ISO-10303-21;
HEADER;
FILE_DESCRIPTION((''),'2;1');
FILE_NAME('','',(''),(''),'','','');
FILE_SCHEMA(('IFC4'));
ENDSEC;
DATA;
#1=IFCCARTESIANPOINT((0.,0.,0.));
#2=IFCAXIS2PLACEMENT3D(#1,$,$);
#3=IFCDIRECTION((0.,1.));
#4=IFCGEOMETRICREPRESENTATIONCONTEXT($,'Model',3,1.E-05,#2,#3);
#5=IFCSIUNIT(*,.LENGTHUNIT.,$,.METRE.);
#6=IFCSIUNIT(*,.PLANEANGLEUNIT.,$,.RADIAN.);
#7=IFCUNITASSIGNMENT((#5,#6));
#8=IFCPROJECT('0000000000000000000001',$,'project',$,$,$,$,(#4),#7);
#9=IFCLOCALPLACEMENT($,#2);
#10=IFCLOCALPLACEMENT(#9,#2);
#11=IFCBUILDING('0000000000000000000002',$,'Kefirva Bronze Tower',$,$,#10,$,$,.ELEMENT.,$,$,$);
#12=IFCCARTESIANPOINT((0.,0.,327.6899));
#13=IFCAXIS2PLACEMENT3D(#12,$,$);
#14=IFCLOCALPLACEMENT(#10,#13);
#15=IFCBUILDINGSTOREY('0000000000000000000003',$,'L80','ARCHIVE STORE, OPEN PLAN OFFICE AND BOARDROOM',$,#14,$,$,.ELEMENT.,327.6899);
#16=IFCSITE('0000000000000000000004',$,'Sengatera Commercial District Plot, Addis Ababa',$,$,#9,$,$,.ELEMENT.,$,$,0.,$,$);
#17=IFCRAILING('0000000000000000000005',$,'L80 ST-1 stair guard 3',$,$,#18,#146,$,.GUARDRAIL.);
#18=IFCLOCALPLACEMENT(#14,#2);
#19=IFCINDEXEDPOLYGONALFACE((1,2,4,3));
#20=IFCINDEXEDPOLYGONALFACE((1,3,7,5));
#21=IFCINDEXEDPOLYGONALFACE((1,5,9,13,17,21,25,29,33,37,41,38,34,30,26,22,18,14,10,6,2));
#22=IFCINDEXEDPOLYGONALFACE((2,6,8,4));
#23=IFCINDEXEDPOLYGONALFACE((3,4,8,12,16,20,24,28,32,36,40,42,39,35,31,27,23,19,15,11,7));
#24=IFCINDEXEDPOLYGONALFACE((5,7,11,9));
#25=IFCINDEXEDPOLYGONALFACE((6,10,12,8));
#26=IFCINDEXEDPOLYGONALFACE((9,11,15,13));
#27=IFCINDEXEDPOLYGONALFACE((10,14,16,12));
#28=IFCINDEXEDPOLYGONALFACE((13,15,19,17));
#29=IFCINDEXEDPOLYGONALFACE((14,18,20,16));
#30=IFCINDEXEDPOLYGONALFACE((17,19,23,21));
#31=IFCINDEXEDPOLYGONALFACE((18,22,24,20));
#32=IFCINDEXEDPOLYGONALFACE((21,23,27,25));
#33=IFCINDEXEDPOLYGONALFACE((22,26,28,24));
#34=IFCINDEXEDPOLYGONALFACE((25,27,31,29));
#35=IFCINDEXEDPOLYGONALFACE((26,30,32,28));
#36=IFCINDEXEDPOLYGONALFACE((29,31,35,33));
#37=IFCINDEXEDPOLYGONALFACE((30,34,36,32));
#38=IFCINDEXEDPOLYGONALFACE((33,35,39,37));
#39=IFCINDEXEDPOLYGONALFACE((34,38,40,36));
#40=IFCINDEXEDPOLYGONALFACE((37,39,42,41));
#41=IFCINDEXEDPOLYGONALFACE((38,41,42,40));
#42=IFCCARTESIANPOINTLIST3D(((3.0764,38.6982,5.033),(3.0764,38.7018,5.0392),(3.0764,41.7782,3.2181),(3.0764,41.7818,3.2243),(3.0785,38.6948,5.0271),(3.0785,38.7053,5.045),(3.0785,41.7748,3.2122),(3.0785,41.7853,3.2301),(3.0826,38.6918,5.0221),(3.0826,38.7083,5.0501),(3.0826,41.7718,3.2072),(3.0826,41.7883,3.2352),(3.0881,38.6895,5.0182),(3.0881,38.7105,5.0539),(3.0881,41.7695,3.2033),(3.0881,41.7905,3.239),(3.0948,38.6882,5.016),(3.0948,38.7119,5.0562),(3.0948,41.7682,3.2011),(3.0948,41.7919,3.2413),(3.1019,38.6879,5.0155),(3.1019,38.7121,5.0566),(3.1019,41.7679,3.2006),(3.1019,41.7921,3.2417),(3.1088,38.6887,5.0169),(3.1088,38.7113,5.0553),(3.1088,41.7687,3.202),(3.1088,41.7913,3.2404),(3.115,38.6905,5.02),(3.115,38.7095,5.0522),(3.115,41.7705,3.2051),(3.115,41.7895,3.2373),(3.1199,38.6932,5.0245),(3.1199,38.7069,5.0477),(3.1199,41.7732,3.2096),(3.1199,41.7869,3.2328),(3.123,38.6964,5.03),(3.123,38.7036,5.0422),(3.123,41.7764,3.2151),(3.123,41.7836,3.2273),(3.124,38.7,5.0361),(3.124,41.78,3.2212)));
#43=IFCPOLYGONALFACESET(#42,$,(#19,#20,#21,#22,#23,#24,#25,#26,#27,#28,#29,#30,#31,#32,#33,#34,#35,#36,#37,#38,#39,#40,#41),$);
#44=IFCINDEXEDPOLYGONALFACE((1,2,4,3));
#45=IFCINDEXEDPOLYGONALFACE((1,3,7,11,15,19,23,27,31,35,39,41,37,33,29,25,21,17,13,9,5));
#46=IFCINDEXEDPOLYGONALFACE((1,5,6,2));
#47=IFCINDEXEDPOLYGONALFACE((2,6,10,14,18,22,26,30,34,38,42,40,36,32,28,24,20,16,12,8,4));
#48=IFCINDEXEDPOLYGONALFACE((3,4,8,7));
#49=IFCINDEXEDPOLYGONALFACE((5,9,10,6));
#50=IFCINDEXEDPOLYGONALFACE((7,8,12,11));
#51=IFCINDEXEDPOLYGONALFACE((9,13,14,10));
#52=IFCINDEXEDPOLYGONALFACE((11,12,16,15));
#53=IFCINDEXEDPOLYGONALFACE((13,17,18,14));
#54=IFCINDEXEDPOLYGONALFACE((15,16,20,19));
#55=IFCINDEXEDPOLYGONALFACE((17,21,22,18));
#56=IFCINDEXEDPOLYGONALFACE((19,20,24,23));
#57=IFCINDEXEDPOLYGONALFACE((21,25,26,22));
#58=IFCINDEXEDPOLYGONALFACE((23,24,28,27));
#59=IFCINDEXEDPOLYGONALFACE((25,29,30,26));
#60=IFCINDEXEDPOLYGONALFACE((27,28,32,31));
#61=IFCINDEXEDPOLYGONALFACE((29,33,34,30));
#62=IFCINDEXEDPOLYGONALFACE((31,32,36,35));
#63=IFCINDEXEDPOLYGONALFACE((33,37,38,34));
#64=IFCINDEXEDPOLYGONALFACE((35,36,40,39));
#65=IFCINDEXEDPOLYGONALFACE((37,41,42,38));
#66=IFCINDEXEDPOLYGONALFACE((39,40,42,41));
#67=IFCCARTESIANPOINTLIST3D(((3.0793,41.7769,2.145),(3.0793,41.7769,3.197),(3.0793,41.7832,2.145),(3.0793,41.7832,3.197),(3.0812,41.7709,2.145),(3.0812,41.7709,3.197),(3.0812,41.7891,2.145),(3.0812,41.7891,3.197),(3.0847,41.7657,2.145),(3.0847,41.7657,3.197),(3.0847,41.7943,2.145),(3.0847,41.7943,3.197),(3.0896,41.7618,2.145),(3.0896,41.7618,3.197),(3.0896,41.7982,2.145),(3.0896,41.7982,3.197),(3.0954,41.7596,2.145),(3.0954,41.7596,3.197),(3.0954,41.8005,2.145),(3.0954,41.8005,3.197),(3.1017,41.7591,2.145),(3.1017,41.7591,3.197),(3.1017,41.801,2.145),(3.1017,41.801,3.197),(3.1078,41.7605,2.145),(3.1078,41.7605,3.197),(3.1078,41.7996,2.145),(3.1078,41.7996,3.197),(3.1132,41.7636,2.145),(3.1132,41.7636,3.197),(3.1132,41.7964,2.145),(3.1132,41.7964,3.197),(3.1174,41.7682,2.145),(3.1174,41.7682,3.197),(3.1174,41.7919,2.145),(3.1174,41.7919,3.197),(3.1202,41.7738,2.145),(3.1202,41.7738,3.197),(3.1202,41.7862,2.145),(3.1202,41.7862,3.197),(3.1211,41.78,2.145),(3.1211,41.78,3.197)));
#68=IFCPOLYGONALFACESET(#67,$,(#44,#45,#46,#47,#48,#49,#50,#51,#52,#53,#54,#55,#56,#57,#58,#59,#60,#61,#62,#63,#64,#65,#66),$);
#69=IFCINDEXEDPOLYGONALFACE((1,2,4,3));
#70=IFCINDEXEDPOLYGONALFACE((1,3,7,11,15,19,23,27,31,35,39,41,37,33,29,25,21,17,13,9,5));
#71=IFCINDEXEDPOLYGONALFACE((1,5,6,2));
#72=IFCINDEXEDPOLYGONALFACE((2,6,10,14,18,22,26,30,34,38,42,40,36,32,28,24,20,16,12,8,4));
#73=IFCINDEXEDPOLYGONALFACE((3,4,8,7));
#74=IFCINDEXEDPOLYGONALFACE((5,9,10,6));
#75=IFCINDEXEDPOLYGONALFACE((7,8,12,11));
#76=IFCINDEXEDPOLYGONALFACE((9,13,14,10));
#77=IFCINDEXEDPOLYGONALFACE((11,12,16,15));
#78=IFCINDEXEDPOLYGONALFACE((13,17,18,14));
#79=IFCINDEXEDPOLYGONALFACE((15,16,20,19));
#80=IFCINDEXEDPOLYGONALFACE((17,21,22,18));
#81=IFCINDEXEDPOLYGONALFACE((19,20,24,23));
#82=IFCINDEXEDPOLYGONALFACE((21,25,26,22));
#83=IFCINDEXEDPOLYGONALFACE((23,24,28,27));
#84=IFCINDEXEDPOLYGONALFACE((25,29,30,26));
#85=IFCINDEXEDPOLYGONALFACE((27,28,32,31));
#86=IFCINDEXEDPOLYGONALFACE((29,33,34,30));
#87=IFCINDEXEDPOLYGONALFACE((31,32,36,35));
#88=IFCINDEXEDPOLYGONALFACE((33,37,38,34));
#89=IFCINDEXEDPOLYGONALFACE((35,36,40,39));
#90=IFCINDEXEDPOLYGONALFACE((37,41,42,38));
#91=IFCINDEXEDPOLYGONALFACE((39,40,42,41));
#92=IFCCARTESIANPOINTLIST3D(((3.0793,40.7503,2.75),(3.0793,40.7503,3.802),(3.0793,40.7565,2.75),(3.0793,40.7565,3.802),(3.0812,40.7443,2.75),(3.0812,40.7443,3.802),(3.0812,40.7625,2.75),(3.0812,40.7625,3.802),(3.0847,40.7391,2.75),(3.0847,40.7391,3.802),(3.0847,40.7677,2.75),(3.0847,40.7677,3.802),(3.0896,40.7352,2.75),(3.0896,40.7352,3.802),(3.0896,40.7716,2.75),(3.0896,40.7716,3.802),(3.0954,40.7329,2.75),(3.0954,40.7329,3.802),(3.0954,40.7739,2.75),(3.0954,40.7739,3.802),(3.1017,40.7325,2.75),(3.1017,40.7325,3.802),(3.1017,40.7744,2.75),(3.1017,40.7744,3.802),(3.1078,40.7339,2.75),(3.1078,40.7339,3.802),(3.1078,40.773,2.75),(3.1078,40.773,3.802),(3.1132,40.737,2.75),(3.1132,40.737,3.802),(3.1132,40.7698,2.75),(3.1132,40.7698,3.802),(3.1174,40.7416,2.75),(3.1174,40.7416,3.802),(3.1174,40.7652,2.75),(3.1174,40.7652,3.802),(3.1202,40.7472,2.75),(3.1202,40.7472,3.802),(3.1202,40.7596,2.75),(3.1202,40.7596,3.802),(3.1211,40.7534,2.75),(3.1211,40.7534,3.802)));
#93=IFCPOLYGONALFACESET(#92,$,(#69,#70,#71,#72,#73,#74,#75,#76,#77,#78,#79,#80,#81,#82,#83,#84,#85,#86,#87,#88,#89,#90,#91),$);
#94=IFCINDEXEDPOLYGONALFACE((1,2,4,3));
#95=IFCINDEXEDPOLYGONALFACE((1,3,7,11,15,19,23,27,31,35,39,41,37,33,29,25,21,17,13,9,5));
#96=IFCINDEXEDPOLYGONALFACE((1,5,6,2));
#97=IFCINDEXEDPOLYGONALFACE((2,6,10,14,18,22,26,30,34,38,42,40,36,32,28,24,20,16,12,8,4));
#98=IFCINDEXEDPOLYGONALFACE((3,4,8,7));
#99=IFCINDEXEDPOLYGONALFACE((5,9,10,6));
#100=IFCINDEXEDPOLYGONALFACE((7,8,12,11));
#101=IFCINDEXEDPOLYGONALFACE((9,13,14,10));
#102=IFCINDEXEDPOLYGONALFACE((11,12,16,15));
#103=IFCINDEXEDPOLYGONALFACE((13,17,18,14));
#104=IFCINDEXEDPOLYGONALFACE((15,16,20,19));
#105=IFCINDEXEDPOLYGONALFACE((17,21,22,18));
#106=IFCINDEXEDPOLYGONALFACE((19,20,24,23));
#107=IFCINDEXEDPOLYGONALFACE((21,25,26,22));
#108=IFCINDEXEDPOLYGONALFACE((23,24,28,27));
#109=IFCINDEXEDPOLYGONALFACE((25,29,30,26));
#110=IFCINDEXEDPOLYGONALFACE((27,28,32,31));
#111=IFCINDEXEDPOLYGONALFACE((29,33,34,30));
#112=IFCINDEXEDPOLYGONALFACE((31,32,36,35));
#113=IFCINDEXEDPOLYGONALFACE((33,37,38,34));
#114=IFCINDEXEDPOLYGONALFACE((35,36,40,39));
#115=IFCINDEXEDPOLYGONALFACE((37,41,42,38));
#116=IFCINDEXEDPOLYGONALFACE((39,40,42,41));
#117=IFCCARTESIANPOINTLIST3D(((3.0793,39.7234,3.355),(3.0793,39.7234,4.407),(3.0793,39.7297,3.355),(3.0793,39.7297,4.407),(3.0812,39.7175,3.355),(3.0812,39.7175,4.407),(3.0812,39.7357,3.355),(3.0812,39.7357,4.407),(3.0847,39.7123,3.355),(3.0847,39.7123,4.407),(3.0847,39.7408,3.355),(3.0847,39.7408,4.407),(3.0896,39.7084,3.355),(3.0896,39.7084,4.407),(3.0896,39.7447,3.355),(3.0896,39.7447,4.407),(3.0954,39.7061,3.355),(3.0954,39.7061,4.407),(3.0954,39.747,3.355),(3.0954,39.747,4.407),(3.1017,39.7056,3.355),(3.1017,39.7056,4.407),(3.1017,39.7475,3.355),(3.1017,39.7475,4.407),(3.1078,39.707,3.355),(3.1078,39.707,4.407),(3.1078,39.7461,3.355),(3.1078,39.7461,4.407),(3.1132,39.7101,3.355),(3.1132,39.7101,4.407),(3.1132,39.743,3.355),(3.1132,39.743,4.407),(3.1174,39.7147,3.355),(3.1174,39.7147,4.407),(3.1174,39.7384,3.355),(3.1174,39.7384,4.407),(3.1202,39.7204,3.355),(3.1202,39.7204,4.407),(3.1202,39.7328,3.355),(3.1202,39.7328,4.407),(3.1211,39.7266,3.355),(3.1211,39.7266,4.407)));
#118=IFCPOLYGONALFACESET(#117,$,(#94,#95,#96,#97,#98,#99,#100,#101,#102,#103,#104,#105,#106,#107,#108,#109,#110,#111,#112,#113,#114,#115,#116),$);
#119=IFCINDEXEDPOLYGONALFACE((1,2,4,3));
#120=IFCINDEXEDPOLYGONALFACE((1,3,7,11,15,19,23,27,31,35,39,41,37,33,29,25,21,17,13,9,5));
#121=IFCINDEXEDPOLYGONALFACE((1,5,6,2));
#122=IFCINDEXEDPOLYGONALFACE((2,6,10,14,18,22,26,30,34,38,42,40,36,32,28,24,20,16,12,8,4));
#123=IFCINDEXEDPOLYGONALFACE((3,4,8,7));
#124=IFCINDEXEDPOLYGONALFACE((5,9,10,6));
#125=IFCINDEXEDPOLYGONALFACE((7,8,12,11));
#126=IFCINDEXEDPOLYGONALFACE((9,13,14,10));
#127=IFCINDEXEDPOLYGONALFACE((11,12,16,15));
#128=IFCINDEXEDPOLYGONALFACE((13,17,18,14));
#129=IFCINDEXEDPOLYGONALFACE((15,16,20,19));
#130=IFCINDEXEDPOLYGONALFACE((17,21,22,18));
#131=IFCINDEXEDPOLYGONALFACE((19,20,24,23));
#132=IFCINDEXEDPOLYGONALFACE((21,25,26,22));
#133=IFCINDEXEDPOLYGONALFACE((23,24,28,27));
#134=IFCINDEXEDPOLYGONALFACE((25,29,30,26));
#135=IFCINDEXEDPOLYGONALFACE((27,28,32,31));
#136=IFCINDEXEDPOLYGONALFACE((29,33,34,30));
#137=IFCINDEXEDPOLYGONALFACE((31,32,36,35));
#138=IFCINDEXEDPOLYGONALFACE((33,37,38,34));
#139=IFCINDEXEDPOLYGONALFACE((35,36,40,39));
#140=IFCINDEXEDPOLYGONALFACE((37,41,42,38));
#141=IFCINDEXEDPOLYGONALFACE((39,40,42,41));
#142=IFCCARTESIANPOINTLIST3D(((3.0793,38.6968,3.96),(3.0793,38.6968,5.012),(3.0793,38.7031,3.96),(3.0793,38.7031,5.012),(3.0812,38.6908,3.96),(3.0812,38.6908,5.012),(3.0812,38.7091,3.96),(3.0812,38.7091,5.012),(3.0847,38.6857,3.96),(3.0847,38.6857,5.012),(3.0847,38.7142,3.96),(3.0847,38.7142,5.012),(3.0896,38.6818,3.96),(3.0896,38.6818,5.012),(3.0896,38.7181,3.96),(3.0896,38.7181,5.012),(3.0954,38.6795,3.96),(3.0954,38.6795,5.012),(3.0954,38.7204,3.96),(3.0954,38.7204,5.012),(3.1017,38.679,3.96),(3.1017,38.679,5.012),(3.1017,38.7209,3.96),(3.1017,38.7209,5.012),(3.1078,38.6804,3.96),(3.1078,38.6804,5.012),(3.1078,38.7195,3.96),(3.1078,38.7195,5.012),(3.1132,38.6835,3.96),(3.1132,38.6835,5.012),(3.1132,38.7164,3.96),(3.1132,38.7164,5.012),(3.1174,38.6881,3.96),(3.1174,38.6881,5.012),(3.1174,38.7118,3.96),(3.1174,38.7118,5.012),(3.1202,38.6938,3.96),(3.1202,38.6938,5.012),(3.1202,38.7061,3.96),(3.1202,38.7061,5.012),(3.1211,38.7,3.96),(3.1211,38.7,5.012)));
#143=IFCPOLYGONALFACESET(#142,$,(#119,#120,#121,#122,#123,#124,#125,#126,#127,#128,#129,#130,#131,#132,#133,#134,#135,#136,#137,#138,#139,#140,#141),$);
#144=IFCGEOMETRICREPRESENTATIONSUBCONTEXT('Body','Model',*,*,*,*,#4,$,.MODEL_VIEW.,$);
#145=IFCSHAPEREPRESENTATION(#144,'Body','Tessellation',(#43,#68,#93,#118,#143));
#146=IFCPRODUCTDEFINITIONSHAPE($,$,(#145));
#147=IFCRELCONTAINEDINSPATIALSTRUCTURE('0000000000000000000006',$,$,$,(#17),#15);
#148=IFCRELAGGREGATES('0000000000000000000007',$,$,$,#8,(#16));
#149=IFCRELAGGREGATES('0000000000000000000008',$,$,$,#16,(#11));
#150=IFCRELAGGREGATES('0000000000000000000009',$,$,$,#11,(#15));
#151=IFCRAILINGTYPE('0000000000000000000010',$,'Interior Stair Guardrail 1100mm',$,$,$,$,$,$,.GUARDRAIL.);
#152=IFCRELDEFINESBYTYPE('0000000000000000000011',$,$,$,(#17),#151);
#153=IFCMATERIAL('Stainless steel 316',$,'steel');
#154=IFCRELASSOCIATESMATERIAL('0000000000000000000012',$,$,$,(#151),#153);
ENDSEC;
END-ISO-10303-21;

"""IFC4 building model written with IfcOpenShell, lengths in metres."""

from ifc_helpers import new_model, si_unit, direction, frame, origin, origin_2d, place, context, subcontext, project, spatial, circle, extrude, material, type_object, element, save


model = new_model("IFC4")

# Units and contexts
model_context = context("Model", 3, precision=1e-05, world=origin(), true_north=direction((0.0, 1.0)))
body_context = subcontext(model_context, "Body", "Model", "MODEL_VIEW")
ifc_project = project(units=[si_unit("LENGTHUNIT", "METRE"), si_unit("PLANEANGLEUNIT", "RADIAN")], contexts=[model_context])

# Site, building, storey
site_placement = place(None, origin())
site = spatial("IfcSite", under=ifc_project, at=site_placement, Name="Sengatera Commercial District Plot, Addis Ababa", CompositionType="ELEMENT", RefElevation=0.0)
building_placement = place(site_placement, origin())
building = spatial("IfcBuilding", under=site, at=building_placement, Name="Kefirva Bronze Tower", CompositionType="ELEMENT")
storey_placement = place(building_placement, frame((0.0, 0.0, 327.6899)))
storey = spatial("IfcBuildingStorey", under=building, at=storey_placement, Name="L80", Description="ARCHIVE STORE, OPEN PLAN OFFICE AND BOARDROOM", CompositionType="ELEMENT", Elevation=327.6899)

# Railing
ifc_material_1 = material(Name="Stainless steel 316", Category="steel")
railing_type_1 = type_object("IfcRailingType", Name="Interior Stair Guardrail 1100mm", PredefinedType="GUARDRAIL", material=ifc_material_1)
railing_1_placement = place(storey_placement, frame((3.1001, 41.78, 2.145)))
element("IfcRailing", 1, at=railing_1_placement, inside=storey, type_object=railing_type_1, Name="L80 ST-1 stair guard 3", PredefinedType="GUARDRAIL", context=body_context, shape_type="SweptSolid", body=[
    extrude(circle(Radius=0.0239, at=origin_2d()), frame((0.0, 0.0, 1.0762), z_axis=(0.0, -0.861551, 0.507671), x_axis=(1.0, 0.0, 0.0)), (0.0, 0.0, 1.0), 3.575),
    extrude(circle(Radius=0.021, at=origin_2d()), origin(), (0.0, 0.0, 1.0), 1.052),
    extrude(circle(Radius=0.021, at=origin_2d()), frame((0.0, -1.0266, 0.605)), (0.0, 0.0, 1.0), 1.052),
    extrude(circle(Radius=0.021, at=origin_2d()), frame((0.0, -2.0535, 1.21)), (0.0, 0.0, 1.0), 1.052),
    extrude(circle(Radius=0.021, at=origin_2d()), frame((0.0, -3.0801, 1.8149)), (0.0, 0.0, 1.0), 1.052),
])

save(model, "model.ifc")
